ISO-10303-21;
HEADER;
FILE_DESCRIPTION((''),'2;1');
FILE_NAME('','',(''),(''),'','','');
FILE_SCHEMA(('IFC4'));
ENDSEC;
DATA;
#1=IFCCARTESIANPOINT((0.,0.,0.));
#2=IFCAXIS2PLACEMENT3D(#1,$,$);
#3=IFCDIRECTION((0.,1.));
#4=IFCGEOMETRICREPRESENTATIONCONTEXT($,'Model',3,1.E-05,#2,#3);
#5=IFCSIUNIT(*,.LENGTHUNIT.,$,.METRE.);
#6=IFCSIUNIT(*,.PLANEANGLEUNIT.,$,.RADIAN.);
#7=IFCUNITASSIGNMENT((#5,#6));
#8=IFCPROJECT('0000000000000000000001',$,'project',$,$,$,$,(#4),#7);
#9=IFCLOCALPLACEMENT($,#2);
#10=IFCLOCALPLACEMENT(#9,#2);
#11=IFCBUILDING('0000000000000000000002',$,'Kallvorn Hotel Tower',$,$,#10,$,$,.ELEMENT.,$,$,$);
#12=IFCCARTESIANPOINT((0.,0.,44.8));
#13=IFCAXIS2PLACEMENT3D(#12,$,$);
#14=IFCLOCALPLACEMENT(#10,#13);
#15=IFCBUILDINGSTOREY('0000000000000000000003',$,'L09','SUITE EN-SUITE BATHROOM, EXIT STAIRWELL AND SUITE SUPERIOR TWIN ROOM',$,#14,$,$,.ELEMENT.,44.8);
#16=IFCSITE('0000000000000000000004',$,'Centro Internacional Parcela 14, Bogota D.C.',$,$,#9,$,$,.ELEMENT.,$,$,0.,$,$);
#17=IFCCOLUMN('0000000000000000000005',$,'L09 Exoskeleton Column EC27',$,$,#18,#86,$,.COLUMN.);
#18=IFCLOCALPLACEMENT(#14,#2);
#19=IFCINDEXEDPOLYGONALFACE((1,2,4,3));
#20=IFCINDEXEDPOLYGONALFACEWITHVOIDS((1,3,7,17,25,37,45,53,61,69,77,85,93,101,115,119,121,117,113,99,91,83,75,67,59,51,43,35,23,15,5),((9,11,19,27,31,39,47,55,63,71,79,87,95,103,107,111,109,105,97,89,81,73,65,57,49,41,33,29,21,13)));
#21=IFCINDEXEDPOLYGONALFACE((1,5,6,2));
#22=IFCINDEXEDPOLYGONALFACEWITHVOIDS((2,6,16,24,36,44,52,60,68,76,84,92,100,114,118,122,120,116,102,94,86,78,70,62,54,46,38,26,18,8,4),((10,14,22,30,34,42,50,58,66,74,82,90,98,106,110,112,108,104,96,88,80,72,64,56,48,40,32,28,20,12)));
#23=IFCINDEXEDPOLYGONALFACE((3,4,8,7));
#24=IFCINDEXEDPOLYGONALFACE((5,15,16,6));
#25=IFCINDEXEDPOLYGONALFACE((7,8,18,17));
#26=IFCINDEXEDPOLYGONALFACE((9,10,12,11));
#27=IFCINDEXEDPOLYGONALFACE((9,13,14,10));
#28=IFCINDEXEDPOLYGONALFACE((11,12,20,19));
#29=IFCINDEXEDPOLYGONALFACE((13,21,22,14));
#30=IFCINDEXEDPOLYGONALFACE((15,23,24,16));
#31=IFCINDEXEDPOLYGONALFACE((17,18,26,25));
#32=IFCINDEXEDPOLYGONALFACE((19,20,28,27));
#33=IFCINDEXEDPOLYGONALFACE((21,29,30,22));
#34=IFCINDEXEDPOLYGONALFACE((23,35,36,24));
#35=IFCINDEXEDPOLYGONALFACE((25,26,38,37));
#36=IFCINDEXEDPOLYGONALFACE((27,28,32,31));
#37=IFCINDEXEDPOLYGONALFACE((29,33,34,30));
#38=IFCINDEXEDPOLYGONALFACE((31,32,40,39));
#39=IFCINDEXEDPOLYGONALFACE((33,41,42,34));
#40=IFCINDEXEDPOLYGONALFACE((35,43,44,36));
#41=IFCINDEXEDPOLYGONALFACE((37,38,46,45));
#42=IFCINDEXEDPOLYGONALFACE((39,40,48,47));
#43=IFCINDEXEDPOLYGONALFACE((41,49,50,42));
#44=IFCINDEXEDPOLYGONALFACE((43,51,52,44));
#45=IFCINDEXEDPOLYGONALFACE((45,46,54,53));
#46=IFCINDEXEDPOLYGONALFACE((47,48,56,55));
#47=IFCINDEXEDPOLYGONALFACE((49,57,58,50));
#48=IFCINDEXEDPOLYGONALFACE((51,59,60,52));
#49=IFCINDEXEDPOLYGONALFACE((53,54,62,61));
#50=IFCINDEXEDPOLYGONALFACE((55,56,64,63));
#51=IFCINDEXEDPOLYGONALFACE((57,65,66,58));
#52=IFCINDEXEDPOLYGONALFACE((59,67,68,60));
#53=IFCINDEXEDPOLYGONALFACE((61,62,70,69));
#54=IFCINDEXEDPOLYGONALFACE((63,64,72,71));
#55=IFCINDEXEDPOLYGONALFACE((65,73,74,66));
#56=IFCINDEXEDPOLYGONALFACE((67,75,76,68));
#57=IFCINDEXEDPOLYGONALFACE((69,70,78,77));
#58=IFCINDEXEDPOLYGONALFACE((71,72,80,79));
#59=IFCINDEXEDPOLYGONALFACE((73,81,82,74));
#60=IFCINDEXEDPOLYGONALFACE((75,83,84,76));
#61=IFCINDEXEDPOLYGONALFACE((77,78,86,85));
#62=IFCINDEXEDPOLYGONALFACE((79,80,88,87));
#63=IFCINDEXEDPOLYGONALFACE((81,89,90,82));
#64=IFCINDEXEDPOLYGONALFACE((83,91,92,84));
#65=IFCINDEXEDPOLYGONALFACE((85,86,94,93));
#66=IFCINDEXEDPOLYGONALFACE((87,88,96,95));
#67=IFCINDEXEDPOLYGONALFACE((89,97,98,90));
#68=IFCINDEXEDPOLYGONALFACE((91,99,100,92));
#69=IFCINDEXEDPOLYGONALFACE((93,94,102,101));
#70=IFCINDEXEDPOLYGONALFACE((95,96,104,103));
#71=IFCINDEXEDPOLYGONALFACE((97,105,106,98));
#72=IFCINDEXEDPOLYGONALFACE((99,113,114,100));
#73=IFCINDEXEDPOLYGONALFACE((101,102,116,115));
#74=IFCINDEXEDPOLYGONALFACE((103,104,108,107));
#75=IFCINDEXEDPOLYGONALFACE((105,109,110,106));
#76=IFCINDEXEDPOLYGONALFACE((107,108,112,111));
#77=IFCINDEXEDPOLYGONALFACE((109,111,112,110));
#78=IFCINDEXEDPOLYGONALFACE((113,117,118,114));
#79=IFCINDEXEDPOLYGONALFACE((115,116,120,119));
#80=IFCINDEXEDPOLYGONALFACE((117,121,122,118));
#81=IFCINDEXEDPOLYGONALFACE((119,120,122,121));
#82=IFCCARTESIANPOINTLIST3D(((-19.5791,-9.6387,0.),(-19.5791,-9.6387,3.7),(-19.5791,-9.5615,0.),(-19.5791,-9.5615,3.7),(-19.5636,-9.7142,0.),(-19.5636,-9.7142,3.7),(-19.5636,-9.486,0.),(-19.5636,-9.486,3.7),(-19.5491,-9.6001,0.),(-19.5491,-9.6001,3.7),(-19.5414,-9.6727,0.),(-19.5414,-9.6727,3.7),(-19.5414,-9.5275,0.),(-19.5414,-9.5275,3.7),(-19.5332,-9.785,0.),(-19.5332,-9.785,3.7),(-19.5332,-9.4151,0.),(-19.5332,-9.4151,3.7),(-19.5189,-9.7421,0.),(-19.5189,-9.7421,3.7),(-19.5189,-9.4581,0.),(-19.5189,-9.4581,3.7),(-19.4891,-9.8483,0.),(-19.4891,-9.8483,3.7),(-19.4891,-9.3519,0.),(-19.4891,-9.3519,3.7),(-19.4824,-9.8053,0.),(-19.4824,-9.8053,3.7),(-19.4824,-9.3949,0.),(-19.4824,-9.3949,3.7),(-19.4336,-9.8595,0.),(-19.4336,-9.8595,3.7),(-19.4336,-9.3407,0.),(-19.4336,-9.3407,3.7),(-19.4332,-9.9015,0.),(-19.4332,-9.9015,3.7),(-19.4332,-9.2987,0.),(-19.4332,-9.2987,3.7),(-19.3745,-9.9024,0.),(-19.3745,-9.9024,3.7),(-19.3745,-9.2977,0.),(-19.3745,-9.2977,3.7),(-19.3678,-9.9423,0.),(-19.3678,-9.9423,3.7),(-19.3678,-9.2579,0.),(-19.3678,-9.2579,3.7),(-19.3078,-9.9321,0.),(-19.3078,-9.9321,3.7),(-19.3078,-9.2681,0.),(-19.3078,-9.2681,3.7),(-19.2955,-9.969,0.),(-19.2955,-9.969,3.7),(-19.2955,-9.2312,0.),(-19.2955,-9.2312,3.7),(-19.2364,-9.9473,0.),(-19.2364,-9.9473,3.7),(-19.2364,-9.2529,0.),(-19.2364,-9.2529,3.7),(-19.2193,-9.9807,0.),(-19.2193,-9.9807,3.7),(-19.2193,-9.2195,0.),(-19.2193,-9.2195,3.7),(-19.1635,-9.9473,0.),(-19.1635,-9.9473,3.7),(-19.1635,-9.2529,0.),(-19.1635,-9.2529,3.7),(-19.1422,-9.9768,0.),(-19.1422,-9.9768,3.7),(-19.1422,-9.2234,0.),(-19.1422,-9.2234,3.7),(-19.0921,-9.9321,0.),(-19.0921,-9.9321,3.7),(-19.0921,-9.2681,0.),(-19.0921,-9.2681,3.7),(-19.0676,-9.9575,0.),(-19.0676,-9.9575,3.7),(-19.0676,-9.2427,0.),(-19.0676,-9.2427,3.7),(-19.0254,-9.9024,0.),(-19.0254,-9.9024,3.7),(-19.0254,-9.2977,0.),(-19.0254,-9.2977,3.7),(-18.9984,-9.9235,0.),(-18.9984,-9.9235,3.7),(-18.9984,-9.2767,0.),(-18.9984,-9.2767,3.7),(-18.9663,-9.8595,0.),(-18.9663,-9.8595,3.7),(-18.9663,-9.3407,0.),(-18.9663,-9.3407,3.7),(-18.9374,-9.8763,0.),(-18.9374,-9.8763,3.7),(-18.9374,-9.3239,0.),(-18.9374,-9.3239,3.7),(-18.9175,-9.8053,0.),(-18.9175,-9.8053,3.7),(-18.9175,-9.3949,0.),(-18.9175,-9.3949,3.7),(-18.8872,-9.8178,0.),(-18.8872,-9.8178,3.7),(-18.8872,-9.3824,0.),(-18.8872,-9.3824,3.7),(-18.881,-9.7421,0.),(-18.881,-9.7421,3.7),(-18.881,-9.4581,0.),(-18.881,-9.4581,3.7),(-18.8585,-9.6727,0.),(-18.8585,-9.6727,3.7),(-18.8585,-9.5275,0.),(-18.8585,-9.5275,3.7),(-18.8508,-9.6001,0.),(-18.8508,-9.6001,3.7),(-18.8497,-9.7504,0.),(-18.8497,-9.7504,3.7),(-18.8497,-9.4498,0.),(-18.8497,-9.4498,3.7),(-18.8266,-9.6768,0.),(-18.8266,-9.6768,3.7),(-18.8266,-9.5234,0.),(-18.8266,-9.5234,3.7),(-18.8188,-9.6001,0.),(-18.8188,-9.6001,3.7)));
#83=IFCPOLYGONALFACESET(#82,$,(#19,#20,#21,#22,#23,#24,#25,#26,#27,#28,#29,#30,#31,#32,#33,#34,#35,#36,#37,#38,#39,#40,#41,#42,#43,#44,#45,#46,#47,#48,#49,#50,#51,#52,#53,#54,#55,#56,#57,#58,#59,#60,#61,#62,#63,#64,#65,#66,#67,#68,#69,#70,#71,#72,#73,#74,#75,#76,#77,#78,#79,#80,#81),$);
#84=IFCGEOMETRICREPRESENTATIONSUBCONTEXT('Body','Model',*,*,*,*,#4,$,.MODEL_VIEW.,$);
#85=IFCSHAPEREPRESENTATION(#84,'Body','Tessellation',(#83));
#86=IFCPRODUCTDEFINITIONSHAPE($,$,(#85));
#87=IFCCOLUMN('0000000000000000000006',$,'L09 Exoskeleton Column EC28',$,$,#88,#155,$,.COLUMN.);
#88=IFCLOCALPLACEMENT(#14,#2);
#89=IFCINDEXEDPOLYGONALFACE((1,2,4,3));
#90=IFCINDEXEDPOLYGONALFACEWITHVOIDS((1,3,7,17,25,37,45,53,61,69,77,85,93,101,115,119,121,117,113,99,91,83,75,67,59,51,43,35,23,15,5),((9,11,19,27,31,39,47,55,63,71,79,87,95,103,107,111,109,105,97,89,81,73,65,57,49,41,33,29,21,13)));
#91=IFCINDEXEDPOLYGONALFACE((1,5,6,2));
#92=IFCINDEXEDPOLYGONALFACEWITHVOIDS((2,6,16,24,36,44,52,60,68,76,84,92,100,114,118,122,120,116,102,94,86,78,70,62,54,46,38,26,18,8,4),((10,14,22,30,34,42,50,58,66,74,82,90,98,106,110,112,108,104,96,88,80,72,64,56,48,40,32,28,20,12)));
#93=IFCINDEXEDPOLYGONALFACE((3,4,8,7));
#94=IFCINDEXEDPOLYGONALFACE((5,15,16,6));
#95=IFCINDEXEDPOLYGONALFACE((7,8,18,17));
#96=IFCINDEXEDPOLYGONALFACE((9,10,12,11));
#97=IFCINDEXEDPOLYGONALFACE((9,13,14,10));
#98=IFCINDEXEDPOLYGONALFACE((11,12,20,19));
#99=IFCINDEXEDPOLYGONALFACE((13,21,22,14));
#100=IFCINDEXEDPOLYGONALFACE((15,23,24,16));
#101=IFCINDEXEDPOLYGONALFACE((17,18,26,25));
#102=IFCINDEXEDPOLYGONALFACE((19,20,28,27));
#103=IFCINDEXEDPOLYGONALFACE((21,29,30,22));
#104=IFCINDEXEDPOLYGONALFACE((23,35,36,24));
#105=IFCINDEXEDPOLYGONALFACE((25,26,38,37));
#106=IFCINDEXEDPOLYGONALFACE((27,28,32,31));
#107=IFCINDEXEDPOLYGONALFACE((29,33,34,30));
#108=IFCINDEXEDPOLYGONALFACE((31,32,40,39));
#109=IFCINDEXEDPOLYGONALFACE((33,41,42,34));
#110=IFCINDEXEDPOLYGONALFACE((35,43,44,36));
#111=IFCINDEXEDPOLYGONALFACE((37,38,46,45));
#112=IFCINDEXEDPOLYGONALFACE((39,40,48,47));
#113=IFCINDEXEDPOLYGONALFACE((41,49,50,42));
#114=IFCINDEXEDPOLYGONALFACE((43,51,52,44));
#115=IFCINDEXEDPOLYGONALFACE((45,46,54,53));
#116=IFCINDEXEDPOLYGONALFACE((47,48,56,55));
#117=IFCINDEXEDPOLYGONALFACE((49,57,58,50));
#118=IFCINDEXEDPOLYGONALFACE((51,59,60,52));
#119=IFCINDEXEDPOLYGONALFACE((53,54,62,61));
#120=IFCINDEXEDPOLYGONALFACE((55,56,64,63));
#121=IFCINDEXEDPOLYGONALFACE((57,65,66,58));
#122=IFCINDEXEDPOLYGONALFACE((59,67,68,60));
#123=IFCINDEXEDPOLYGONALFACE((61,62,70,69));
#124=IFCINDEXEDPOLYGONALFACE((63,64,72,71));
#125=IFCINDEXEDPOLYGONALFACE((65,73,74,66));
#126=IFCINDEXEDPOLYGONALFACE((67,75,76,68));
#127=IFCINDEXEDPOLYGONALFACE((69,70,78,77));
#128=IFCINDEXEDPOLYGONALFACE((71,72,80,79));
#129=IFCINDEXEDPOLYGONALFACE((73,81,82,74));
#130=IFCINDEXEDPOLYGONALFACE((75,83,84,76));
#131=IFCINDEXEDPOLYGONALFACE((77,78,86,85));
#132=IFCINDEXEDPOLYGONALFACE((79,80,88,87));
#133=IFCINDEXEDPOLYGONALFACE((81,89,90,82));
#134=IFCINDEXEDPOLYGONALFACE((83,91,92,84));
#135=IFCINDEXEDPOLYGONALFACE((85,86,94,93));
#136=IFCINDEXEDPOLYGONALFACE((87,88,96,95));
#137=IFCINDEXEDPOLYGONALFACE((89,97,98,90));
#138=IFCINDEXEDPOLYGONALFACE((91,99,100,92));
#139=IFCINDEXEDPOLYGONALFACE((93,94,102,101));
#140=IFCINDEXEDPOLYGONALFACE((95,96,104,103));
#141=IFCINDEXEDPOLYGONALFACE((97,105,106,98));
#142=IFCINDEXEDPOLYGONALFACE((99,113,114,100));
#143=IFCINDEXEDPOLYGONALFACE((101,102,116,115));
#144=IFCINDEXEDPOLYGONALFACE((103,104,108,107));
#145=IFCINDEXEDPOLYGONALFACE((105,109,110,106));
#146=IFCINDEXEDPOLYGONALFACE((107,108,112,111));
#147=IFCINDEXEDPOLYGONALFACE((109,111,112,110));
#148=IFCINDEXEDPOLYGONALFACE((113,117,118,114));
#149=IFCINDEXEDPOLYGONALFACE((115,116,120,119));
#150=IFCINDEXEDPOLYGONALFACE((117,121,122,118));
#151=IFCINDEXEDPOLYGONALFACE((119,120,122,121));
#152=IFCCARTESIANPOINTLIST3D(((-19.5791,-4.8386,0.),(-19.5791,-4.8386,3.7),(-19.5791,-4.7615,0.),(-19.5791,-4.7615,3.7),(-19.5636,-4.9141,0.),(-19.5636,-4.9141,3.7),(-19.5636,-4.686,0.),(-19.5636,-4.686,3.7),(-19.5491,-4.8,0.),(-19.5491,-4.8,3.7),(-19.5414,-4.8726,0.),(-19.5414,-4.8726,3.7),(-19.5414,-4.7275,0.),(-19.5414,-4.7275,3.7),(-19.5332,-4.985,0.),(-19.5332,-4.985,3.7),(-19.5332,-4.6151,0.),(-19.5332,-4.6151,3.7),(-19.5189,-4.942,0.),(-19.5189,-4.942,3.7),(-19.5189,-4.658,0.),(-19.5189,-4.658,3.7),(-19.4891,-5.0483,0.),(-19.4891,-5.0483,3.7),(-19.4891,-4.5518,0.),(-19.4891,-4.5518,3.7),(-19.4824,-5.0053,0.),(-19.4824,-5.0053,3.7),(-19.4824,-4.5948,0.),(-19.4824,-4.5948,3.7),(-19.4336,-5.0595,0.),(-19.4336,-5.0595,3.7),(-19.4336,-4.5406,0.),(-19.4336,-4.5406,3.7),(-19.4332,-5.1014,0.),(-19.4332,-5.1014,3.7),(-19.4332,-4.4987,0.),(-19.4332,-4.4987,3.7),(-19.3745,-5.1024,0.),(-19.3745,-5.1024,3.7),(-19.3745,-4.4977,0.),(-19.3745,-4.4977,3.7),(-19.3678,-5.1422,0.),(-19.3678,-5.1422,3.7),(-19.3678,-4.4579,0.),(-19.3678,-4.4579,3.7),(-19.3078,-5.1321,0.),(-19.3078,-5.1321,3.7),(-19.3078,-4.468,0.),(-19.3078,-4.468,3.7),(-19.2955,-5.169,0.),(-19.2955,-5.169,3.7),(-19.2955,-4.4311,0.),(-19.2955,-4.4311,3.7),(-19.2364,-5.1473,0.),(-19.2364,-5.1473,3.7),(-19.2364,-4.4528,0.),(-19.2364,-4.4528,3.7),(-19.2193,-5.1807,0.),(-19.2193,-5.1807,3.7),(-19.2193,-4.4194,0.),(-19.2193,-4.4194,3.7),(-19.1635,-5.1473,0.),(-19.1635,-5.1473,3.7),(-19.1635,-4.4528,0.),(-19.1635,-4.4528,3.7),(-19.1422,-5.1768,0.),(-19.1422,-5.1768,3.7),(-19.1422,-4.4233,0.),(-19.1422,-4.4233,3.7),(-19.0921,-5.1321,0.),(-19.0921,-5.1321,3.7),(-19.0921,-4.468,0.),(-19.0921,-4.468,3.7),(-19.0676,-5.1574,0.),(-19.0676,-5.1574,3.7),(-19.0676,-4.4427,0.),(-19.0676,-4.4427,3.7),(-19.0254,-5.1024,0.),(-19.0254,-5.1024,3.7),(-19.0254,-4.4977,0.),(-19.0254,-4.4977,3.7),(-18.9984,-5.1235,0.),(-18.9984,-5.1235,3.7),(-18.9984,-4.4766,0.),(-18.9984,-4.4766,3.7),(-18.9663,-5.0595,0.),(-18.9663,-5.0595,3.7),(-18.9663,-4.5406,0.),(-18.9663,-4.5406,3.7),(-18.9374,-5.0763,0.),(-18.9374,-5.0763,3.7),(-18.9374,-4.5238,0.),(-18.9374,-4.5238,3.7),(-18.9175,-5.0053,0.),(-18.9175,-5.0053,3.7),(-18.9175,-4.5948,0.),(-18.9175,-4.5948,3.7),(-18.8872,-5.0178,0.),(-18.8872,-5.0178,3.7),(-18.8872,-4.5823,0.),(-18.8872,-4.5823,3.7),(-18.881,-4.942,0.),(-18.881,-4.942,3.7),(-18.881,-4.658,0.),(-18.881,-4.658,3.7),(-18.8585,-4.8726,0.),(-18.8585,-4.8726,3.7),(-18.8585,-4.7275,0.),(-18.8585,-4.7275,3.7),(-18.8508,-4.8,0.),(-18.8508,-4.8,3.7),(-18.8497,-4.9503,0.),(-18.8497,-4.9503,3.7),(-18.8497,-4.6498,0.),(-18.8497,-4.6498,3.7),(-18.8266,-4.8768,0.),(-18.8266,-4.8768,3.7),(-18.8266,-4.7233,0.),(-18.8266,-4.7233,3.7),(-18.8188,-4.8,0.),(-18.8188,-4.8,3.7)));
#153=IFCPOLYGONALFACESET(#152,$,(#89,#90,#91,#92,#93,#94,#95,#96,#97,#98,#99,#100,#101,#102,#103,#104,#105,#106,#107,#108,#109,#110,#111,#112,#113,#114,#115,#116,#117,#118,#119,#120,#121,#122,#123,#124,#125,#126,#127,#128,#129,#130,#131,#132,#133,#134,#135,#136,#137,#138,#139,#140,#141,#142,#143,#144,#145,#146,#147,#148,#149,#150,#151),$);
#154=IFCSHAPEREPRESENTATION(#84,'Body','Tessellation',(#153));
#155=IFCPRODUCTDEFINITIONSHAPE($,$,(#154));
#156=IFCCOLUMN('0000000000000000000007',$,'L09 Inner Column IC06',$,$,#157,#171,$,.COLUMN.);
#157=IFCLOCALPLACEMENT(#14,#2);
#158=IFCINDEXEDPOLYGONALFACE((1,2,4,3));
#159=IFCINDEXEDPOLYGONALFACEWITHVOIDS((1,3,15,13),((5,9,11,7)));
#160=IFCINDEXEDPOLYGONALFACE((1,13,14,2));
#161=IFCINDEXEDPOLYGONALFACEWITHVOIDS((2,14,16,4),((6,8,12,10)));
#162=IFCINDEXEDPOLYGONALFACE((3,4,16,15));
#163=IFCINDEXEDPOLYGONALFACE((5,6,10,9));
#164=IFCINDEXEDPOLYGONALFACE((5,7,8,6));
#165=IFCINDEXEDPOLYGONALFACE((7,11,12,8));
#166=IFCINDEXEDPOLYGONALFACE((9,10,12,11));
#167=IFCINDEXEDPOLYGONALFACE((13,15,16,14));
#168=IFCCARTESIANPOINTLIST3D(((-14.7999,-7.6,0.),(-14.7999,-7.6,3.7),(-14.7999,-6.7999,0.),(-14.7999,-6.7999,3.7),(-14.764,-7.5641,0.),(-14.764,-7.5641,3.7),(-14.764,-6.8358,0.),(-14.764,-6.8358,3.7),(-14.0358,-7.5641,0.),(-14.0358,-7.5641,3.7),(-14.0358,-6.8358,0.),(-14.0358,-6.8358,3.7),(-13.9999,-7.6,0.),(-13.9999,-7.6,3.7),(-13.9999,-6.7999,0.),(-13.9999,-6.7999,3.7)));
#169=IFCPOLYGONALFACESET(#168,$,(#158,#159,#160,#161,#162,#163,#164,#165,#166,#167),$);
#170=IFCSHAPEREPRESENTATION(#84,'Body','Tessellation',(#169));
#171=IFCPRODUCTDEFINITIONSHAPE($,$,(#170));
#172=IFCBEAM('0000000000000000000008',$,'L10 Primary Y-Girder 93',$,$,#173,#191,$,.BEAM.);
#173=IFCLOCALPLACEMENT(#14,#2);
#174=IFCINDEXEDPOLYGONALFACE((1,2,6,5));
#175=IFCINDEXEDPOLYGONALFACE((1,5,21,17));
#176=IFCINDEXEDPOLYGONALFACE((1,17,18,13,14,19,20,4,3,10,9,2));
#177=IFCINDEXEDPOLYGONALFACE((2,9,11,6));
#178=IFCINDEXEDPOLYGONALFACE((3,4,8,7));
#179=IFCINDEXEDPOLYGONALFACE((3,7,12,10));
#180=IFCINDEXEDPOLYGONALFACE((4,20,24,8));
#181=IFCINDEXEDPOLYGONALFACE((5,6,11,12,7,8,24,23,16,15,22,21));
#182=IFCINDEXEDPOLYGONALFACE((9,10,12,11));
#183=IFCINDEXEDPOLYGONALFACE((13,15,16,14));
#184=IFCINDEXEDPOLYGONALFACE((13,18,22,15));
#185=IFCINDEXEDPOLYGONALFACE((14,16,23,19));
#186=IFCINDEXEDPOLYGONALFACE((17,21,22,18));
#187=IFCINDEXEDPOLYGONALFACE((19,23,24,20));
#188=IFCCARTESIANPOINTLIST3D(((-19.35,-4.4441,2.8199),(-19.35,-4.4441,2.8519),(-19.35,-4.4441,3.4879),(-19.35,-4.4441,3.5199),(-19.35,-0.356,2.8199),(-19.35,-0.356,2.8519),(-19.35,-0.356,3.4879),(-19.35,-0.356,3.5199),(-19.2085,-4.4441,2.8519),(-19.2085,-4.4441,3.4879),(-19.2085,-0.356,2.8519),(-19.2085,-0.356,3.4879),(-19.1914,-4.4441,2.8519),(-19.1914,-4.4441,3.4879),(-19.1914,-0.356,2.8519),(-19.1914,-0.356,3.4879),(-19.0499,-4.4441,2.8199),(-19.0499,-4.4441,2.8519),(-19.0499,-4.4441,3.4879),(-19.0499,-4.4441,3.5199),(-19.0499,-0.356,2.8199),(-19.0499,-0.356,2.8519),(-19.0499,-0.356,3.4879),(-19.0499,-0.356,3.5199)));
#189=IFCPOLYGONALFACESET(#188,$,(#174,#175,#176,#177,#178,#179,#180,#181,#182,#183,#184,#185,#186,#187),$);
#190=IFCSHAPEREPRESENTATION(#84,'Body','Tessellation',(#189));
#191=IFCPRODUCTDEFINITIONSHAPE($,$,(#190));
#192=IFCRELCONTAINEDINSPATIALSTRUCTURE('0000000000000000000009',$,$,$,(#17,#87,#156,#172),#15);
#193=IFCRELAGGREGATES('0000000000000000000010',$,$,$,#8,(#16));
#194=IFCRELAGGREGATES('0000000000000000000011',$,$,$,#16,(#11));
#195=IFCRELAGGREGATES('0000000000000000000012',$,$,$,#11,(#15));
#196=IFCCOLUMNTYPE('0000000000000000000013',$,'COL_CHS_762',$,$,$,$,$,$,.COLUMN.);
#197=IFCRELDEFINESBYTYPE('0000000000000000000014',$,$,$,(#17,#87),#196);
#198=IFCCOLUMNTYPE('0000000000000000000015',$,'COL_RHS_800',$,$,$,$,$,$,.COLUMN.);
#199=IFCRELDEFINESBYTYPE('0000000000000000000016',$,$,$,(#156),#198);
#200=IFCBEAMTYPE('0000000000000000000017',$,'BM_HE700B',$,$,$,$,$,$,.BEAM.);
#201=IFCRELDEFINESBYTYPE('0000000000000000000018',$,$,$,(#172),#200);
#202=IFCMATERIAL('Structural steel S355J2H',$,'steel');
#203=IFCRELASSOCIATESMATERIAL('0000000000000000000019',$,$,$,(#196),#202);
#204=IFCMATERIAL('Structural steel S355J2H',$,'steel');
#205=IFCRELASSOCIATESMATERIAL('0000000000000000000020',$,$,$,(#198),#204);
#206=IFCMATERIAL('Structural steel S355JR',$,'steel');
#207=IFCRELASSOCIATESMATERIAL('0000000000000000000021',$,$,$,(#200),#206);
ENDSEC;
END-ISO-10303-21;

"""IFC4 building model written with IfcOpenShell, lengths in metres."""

from ifc_helpers import new_model, si_unit, direction, frame, origin, origin_2d, place, context, subcontext, project, spatial, hollow_rectangle, hollow_circle, i_section, extrude, material, material_profile, profile_set, type_object, element, save


model = new_model("IFC4")

# Units and contexts
model_context = context("Model", 3, precision=1e-05, world=origin(), true_north=direction((0.0, 1.0)))
body_context = subcontext(model_context, "Body", "Model", "MODEL_VIEW")
ifc_project = project(units=[si_unit("LENGTHUNIT", "METRE"), si_unit("PLANEANGLEUNIT", "RADIAN")], contexts=[model_context])

# Site, building, storey
site_placement = place(None, origin())
site = spatial("IfcSite", under=ifc_project, at=site_placement, Name="Centro Internacional Parcela 14, Bogota D.C.", CompositionType="ELEMENT", RefElevation=0.0)
building_placement = place(site_placement, origin())
building = spatial("IfcBuilding", under=site, at=building_placement, Name="Kallvorn Hotel Tower", CompositionType="ELEMENT")
storey_placement = place(building_placement, frame((0.0, 0.0, 44.8)))
storey = spatial("IfcBuildingStorey", under=building, at=storey_placement, Name="L09", Description="SUITE EN-SUITE BATHROOM, EXIT STAIRWELL AND SUITE SUPERIOR TWIN ROOM", CompositionType="ELEMENT", Elevation=44.8)

# Columns
ifc_material_1 = material(Name="Structural steel S355J2H", Category="steel")
ifc_material_profile_1 = material_profile(ifc_material_1, hollow_circle(Radius=0.3811, WallThickness=0.032, at=origin_2d()), Name="CHS 762x32")
ifc_profile_set_1 = profile_set([ifc_material_profile_1], Name="Structural steel S355J2H")
column_type_1 = type_object("IfcColumnType", Name="COL_CHS_762", PredefinedType="COLUMN", material=ifc_profile_set_1)
for number, where, z_axis, x_axis, name in (
    (1, (-19.2, -9.6001, 0.0), (0.0, 0.0, 1.0), (1.0, 0.0, 0.0), "L09 Exoskeleton Column EC27"),
    (2, (-19.2, -4.8, 0.0), (0.0, 0.0, 1.0), (1.0, 0.0, 0.0), "L09 Exoskeleton Column EC28"),
):
    element("IfcColumn", number, at=place(storey_placement, frame(where, z_axis=z_axis, x_axis=x_axis)), inside=storey, type_object=column_type_1, Name=name, PredefinedType="COLUMN", context=body_context, shape_type="SweptSolid", body=[
        extrude(hollow_circle(Radius=0.3811, WallThickness=0.032, at=origin_2d()), origin(), (0.0, 0.0, 1.0), 3.7),
    ])
ifc_material_2 = material(Name="Structural steel S355J2H", Category="steel")
ifc_material_profile_2 = material_profile(ifc_material_2, hollow_rectangle(XDim=0.8, YDim=0.8, WallThickness=0.0359, at=origin_2d()), Name="RHS 800x800x36")
ifc_profile_set_2 = profile_set([ifc_material_profile_2], Name="Structural steel S355J2H")
column_type_2 = type_object("IfcColumnType", Name="COL_RHS_800", PredefinedType="COLUMN", material=ifc_profile_set_2)
column_placement = place(storey_placement, frame((-14.3999, -7.2, 0.0), z_axis=(0.0, 0.0, 1.0), x_axis=(1.0, 0.0, 0.0)))
element("IfcColumn", 3, at=column_placement, inside=storey, type_object=column_type_2, Name="L09 Inner Column IC06", PredefinedType="COLUMN", context=body_context, shape_type="SweptSolid", body=[
    extrude(hollow_rectangle(XDim=0.8, YDim=0.8, WallThickness=0.0359, at=origin_2d()), origin(), (0.0, 0.0, 1.0), 3.7),
])

# Beam
ifc_material_3 = material(Name="Structural steel S355JR", Category="steel")
ifc_material_profile_3 = material_profile(ifc_material_3, i_section(OverallWidth=0.3, OverallDepth=0.7, WebThickness=0.0171, FlangeThickness=0.032, at=origin_2d()), Name="HE 700 B")
ifc_profile_set_3 = profile_set([ifc_material_profile_3], Name="Structural steel S355JR")
beam_type_1 = type_object("IfcBeamType", Name="BM_HE700B", PredefinedType="BEAM", material=ifc_profile_set_3)
beam_1_placement = place(storey_placement, frame((-19.2, -4.4441, 3.1699), z_axis=(0.0, 1.0, 0.0), x_axis=(-1.0, 0.0, 0.0)))
element("IfcBeam", 4, at=beam_1_placement, inside=storey, type_object=beam_type_1, Name="L10 Primary Y-Girder 93", PredefinedType="BEAM", context=body_context, shape_type="SweptSolid", body=[
    extrude(i_section(OverallWidth=0.3, OverallDepth=0.7, WebThickness=0.0171, FlangeThickness=0.032, at=origin_2d()), origin(), (0.0, 0.0, 1.0), 4.0881),
])

save(model, "model.ifc")
